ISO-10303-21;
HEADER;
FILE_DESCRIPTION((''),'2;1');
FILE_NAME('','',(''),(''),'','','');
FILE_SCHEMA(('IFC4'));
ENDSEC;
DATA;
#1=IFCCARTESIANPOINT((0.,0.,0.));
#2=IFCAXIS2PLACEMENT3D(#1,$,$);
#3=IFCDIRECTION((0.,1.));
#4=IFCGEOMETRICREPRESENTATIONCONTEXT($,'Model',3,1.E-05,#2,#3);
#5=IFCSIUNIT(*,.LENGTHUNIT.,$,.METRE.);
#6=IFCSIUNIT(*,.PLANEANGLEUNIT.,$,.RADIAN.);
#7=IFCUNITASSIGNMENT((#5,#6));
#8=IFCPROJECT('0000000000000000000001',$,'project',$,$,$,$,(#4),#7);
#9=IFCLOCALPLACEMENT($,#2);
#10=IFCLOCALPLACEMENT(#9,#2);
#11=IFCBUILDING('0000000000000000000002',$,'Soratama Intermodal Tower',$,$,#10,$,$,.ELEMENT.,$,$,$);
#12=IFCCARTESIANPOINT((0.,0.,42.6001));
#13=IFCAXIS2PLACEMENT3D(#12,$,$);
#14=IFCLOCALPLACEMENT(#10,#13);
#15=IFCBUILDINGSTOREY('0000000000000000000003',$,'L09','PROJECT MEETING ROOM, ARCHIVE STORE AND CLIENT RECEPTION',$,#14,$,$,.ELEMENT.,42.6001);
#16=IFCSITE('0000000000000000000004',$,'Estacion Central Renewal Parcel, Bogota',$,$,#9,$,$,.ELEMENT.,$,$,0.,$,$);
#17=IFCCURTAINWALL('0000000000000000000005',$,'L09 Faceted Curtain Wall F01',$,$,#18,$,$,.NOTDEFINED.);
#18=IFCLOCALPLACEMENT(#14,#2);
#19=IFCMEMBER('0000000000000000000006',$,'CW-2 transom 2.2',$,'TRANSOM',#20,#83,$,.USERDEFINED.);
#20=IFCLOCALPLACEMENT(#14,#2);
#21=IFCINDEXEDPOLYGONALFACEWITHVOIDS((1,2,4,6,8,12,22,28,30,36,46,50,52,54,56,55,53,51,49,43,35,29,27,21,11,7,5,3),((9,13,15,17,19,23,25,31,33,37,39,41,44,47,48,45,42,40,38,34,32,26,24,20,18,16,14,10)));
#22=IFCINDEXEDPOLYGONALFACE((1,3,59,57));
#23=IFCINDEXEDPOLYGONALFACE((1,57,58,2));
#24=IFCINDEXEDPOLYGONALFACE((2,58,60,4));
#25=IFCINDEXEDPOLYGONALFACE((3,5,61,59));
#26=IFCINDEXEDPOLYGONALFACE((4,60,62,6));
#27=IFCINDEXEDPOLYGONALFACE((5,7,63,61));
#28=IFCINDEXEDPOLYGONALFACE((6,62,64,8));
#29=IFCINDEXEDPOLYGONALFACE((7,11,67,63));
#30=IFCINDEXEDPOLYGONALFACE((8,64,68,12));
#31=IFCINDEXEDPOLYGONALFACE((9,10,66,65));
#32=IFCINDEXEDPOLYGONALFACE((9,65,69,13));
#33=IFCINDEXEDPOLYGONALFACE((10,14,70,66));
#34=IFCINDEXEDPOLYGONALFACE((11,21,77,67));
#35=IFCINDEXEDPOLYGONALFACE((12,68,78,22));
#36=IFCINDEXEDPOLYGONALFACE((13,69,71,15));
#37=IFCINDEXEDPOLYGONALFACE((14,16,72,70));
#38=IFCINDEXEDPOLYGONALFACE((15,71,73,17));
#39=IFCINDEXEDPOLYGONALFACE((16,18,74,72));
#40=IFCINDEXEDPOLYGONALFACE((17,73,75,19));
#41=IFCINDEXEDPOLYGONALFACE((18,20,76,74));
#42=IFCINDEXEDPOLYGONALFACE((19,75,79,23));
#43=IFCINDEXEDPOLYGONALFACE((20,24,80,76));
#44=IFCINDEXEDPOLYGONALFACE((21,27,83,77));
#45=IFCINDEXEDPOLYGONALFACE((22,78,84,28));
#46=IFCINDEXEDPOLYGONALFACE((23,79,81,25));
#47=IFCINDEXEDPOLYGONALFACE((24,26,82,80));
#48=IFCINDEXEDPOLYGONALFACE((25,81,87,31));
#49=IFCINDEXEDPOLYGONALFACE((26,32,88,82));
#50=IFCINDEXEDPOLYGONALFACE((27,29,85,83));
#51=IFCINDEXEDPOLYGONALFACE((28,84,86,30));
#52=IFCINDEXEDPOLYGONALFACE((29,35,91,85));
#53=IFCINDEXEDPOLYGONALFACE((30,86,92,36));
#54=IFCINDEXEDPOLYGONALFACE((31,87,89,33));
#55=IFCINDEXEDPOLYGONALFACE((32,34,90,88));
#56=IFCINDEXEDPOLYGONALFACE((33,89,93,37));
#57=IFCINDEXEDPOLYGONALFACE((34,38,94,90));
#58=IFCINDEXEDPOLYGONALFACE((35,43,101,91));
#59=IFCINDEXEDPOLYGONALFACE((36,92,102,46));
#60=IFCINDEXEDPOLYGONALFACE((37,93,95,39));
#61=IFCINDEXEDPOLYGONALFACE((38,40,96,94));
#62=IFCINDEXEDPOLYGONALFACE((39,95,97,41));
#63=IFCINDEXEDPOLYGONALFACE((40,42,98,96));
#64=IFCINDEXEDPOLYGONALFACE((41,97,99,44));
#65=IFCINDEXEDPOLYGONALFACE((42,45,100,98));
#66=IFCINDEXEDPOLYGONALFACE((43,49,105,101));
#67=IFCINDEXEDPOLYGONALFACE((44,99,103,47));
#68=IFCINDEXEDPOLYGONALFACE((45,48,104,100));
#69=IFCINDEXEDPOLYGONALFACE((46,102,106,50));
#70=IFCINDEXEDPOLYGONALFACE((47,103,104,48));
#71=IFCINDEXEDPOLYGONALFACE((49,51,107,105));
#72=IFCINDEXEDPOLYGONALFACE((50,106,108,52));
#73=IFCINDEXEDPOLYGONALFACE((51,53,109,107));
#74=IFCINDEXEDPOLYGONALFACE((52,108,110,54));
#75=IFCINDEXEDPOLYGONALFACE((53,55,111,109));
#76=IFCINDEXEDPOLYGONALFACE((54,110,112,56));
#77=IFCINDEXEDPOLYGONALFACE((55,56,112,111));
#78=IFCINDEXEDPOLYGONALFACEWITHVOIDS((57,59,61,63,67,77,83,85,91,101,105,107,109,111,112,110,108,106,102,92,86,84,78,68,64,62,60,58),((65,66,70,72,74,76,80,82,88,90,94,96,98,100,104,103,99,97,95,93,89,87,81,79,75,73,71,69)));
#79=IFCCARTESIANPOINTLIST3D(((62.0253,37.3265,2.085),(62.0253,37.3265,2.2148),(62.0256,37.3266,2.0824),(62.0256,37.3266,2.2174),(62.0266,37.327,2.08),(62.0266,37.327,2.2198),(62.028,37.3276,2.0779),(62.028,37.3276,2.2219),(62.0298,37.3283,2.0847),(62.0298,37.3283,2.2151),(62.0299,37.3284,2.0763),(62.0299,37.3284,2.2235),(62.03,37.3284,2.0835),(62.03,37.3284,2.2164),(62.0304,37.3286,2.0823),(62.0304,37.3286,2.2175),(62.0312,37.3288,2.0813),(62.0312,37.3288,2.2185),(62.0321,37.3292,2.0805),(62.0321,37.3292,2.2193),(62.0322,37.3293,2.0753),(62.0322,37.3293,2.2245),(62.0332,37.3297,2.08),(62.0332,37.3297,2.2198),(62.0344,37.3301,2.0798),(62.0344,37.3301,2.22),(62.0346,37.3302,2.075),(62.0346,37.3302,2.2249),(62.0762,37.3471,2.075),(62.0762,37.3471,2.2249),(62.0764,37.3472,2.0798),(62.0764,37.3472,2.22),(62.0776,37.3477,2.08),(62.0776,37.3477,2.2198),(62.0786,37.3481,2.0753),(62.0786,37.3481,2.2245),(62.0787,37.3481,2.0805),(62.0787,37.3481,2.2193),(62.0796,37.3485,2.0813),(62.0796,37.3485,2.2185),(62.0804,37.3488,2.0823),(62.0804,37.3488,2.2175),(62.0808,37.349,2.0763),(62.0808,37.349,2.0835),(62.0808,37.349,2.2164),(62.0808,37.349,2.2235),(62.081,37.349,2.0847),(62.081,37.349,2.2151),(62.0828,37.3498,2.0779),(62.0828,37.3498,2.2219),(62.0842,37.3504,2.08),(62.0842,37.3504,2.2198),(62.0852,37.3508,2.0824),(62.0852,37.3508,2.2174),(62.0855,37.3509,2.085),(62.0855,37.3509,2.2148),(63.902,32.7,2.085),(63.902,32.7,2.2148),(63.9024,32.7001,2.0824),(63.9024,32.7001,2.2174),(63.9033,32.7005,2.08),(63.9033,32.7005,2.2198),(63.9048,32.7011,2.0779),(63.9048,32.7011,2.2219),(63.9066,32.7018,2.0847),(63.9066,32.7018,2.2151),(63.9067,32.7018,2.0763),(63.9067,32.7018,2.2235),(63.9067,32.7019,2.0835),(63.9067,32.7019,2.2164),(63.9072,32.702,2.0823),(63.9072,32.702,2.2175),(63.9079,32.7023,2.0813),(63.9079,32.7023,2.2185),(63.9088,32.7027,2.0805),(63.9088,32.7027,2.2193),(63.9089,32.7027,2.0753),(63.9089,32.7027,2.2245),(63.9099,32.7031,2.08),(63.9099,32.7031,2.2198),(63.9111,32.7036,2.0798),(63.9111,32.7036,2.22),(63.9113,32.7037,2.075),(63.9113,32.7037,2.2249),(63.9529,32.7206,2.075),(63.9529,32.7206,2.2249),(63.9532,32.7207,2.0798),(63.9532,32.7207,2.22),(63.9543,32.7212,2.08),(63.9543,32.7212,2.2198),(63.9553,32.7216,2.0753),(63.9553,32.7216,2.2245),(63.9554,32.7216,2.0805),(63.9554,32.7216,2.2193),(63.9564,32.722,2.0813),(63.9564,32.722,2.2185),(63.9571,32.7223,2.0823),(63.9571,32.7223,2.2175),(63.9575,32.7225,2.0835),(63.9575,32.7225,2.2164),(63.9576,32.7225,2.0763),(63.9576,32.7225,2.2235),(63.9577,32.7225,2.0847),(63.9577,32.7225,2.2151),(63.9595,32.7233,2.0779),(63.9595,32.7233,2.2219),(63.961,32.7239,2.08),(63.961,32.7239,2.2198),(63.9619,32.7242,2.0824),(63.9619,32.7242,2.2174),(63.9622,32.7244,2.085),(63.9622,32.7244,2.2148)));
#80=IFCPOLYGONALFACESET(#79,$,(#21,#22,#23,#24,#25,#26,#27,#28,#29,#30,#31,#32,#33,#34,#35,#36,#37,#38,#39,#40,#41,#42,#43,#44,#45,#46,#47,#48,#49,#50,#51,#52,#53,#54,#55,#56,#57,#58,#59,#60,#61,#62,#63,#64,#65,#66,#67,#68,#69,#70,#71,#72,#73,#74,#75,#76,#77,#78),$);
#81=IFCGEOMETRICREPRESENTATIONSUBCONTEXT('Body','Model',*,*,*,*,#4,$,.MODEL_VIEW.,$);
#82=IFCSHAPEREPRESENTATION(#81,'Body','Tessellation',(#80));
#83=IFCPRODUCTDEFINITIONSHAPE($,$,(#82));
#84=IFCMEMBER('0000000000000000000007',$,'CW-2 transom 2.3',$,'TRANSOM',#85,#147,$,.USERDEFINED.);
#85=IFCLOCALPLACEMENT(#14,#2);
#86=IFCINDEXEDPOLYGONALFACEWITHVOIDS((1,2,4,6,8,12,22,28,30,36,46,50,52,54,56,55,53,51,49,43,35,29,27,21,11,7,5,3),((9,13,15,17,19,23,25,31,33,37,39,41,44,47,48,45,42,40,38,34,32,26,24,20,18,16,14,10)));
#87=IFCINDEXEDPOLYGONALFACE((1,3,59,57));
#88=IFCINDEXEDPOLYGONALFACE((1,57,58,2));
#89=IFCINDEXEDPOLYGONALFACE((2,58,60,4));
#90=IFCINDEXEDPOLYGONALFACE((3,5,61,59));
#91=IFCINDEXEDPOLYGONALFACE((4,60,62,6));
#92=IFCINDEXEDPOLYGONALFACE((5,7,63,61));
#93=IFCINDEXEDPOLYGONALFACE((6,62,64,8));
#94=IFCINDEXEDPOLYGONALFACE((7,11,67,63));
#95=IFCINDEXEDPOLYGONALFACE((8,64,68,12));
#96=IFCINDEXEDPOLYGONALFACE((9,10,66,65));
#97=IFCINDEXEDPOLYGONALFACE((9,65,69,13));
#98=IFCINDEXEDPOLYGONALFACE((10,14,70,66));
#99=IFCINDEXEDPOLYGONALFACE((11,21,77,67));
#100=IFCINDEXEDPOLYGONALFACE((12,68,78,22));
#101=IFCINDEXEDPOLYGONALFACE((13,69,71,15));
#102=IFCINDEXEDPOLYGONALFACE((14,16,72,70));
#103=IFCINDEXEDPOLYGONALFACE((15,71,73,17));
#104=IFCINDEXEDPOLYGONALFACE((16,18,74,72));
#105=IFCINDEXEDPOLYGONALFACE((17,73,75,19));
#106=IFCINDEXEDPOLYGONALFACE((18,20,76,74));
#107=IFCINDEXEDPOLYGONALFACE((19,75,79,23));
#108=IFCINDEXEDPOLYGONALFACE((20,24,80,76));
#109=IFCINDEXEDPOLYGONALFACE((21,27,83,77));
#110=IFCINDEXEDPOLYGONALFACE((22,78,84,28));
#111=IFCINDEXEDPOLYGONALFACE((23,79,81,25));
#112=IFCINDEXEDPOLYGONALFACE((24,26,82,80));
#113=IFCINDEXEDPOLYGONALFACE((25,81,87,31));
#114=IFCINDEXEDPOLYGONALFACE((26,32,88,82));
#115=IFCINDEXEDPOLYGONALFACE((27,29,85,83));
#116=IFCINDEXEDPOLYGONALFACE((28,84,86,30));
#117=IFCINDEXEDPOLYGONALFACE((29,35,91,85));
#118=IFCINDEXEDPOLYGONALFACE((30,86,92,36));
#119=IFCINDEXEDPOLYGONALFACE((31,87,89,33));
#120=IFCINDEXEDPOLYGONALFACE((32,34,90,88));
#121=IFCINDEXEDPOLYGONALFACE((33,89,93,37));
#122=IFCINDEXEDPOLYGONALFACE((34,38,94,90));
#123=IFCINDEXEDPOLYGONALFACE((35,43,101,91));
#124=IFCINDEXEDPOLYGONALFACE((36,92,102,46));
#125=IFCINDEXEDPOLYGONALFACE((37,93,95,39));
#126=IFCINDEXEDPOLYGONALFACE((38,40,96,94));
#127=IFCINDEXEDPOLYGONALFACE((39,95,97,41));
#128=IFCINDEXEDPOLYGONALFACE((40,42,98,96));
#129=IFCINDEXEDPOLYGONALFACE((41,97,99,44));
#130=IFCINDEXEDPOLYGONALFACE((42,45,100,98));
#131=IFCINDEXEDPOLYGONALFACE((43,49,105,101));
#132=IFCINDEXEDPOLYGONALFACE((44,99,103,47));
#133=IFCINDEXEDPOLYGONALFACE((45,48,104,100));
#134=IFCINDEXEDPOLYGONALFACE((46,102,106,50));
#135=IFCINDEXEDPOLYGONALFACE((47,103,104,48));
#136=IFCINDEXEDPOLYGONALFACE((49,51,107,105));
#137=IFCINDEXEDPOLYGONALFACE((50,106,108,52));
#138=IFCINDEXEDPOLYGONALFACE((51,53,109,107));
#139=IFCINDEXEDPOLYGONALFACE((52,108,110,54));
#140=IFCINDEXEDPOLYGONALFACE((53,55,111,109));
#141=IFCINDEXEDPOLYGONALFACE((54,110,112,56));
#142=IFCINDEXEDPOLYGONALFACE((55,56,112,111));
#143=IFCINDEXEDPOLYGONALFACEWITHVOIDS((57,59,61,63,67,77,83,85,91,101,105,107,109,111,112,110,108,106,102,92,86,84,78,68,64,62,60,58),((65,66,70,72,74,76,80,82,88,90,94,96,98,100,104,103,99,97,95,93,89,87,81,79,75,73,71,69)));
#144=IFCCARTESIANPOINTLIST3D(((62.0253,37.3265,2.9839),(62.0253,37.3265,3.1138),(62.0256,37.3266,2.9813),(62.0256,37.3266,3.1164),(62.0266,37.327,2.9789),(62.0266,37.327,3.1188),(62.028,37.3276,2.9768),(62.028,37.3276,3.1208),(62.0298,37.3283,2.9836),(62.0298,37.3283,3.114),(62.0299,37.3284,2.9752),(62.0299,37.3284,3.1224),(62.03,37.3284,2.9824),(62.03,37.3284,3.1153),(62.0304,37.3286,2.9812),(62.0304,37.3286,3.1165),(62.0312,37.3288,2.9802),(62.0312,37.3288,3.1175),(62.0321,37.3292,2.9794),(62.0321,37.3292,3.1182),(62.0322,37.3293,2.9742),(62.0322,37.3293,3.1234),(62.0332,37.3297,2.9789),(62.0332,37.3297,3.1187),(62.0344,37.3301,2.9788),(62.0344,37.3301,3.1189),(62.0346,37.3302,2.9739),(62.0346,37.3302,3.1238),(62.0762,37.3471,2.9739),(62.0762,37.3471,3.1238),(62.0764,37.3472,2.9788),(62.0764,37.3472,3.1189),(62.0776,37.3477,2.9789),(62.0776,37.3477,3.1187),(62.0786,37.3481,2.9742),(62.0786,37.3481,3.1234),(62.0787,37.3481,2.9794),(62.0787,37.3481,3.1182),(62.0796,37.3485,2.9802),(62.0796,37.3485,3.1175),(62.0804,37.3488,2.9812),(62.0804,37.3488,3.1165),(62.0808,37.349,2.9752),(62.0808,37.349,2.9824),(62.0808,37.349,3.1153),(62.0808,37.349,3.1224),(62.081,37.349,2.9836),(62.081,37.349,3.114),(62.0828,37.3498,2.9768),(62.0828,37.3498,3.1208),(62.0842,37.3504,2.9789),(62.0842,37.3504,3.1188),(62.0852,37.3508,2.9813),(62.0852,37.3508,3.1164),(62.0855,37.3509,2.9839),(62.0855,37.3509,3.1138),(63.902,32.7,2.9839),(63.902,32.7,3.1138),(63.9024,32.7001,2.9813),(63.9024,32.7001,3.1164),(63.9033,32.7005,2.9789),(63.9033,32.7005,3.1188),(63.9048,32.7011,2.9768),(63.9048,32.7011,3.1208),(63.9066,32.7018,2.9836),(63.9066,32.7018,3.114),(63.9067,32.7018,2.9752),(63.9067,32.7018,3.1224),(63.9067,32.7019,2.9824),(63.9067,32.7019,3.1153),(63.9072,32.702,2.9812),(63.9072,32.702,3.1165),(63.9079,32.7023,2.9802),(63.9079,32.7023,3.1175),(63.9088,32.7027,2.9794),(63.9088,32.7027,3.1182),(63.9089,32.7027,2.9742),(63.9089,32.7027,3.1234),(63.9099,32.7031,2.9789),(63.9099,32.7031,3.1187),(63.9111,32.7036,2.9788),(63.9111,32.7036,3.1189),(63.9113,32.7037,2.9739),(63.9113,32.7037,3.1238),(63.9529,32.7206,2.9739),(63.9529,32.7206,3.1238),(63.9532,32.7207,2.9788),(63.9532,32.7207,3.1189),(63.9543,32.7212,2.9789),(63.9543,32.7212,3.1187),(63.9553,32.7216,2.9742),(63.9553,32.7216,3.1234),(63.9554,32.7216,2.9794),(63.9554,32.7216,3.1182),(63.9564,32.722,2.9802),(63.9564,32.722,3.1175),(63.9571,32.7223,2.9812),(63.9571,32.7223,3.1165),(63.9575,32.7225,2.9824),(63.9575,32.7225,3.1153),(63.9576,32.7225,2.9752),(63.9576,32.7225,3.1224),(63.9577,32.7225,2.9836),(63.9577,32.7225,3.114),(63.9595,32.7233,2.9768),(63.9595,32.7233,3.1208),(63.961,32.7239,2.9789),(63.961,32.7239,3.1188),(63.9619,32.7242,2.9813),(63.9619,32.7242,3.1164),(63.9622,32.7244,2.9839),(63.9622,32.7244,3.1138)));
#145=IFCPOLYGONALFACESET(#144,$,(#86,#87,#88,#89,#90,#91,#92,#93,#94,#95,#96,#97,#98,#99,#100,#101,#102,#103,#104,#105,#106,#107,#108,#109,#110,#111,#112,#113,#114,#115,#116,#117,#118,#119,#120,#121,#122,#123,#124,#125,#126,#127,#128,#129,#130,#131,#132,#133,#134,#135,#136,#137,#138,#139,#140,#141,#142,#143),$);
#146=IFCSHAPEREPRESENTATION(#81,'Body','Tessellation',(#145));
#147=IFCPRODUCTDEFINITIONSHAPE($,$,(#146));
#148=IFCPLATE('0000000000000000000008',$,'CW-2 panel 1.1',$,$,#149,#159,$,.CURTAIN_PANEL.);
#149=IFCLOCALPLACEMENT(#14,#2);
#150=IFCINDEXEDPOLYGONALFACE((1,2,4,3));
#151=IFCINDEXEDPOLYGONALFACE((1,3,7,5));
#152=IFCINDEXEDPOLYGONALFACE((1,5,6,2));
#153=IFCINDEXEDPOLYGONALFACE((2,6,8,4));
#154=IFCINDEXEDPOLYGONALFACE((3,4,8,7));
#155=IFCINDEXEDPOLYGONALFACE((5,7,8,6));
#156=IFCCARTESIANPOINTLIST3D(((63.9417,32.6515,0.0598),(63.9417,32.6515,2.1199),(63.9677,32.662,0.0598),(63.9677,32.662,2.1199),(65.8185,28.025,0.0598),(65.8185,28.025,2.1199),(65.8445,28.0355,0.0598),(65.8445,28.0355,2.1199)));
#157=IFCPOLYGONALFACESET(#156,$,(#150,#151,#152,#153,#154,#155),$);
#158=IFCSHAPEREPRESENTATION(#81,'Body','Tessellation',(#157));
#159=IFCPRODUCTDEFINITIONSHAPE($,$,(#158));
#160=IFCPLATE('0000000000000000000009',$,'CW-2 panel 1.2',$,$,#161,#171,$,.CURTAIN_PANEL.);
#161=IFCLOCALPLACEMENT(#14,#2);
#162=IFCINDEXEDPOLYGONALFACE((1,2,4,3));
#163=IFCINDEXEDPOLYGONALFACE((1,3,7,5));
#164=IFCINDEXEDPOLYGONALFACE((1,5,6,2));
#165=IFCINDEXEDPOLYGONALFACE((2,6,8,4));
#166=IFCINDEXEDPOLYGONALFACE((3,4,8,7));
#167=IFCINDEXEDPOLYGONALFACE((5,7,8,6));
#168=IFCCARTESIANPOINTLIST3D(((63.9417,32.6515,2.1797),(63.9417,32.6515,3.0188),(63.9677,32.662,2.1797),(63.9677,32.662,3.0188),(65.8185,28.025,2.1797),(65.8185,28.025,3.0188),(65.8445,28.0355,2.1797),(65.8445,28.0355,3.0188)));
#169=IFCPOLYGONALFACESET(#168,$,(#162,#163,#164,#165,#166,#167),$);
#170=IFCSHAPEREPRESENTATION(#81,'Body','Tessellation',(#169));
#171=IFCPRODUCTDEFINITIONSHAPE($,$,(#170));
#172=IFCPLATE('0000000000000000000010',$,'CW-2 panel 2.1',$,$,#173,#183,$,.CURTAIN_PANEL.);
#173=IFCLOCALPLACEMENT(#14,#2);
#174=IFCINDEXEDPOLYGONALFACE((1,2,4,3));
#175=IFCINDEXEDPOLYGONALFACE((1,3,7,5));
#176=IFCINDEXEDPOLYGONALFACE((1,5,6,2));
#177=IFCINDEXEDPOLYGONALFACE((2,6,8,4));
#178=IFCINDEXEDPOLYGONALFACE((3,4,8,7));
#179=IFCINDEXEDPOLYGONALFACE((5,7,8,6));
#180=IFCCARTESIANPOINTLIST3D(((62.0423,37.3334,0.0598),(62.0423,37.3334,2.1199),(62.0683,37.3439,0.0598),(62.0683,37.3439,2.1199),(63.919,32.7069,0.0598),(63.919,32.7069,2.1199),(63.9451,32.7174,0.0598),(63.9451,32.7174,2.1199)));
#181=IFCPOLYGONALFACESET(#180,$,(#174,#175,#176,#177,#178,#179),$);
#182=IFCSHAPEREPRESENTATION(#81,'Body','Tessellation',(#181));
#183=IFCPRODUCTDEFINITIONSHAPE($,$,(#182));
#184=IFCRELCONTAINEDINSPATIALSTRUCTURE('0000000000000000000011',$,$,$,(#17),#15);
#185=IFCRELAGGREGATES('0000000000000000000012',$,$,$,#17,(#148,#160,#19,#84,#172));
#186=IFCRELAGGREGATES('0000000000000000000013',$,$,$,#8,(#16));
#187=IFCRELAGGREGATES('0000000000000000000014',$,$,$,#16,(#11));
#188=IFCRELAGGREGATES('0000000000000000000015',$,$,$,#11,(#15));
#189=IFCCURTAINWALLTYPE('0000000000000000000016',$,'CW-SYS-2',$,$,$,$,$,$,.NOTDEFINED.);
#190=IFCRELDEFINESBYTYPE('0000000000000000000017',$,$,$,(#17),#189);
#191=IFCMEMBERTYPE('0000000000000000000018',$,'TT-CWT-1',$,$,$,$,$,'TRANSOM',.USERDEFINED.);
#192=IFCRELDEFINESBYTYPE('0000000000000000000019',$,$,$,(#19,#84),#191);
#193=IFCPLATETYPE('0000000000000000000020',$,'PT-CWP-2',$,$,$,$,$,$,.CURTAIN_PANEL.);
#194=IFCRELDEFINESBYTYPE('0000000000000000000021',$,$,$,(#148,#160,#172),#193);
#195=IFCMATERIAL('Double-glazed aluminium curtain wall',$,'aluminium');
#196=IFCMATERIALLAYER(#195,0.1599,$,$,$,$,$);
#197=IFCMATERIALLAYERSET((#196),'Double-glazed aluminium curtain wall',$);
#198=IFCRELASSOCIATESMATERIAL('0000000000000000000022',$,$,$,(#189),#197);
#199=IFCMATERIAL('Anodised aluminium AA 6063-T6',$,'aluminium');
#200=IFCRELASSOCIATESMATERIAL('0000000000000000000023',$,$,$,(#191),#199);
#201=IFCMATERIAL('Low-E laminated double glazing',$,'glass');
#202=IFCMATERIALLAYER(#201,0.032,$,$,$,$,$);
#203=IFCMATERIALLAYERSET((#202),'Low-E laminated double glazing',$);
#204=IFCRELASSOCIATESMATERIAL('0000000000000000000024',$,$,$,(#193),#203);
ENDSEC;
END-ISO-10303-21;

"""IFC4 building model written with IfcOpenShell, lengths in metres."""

from ifc_helpers import new_model, si_unit, direction, frame, origin, origin_2d, place, context, subcontext, project, spatial, rectangle, hollow_rectangle, extrude, material, layer, layer_set, material_profile, profile_set, type_object, element, aggregate, save


model = new_model("IFC4")

# Units and contexts
model_context = context("Model", 3, precision=1e-05, world=origin(), true_north=direction((0.0, 1.0)))
body_context = subcontext(model_context, "Body", "Model", "MODEL_VIEW")
ifc_project = project(units=[si_unit("LENGTHUNIT", "METRE"), si_unit("PLANEANGLEUNIT", "RADIAN")], contexts=[model_context])

# Site, building, storey
site_placement = place(None, origin())
site = spatial("IfcSite", under=ifc_project, at=site_placement, Name="Estacion Central Renewal Parcel, Bogota", CompositionType="ELEMENT", RefElevation=0.0)
building_placement = place(site_placement, origin())
building = spatial("IfcBuilding", under=site, at=building_placement, Name="Soratama Intermodal Tower", CompositionType="ELEMENT")
storey_placement = place(building_placement, frame((0.0, 0.0, 42.6001)))
storey = spatial("IfcBuildingStorey", under=building, at=storey_placement, Name="L09", Description="PROJECT MEETING ROOM, ARCHIVE STORE AND CLIENT RECEPTION", CompositionType="ELEMENT", Elevation=42.6001)

# Curtain wall, members, plates
ifc_material_1 = material(Name="Double-glazed aluminium curtain wall", Category="aluminium")
ifc_layer_1 = layer(ifc_material_1, 0.1599)
ifc_layer_set_1 = layer_set([ifc_layer_1], Name="Double-glazed aluminium curtain wall")
curtain_wall_type = type_object("IfcCurtainWallType", Name="CW-SYS-2", PredefinedType="NOTDEFINED", material=ifc_layer_set_1)
curtain_wall_placement = place(storey_placement, origin())
curtain_wall = element("IfcCurtainWall", 1, at=curtain_wall_placement, inside=storey, type_object=curtain_wall_type, Name="L09 Faceted Curtain Wall F01", PredefinedType="NOTDEFINED")
ifc_material_2 = material(Name="Anodised aluminium AA 6063-T6", Category="aluminium")
ifc_material_profile_1 = material_profile(ifc_material_2, hollow_rectangle(XDim=0.0649, YDim=0.1499, WallThickness=0.0049, InnerFilletRadius=0.0049, OuterFilletRadius=0.01, at=origin_2d()), Name="CWT150X65X5")
ifc_profile_set_1 = profile_set([ifc_material_profile_1], Name="Anodised aluminium AA 6063-T6")
member_type_1 = type_object("IfcMemberType", Name="TT-CWT-1", ElementType="TRANSOM", PredefinedType="USERDEFINED", material=ifc_profile_set_1)
member_1_placement = place(storey_placement, frame((63.9321, 32.7122, 2.1499), z_axis=(-0.375897, 0.926661, 0.0), x_axis=(-0.926661, -0.375897, 0.0)))
member_1 = element("IfcMember", 2, at=member_1_placement, type_object=member_type_1, Name="CW-2 transom 2.2", ObjectType="TRANSOM", PredefinedType="USERDEFINED", context=body_context, shape_type="SweptSolid", body=[
    extrude(hollow_rectangle(XDim=0.0649, YDim=0.1499, WallThickness=0.0049, InnerFilletRadius=0.0049, OuterFilletRadius=0.01, at=origin_2d()), origin(), (0.0, 0.0, 1.0), 4.9927),
])
member_2_placement = place(storey_placement, frame((63.9321, 32.7122, 3.0488), z_axis=(-0.375897, 0.926661, 0.0), x_axis=(-0.926661, -0.375897, 0.0)))
member_2 = element("IfcMember", 3, at=member_2_placement, type_object=member_type_1, Name="CW-2 transom 2.3", ObjectType="TRANSOM", PredefinedType="USERDEFINED", context=body_context, shape_type="SweptSolid", body=[
    extrude(hollow_rectangle(XDim=0.0649, YDim=0.1499, WallThickness=0.0049, InnerFilletRadius=0.0049, OuterFilletRadius=0.01, at=origin_2d()), origin(), (0.0, 0.0, 1.0), 4.9927),
])
ifc_material_3 = material(Name="Low-E laminated double glazing", Category="glass")
ifc_layer_2 = layer(ifc_material_3, 0.032)
ifc_layer_set_2 = layer_set([ifc_layer_2], Name="Low-E laminated double glazing")
plate_type = type_object("IfcPlateType", Name="PT-CWP-2", PredefinedType="CURTAIN_PANEL", material=ifc_layer_set_2)
plate_1_placement = place(storey_placement, frame((64.8931, 30.3435, 0.0598), z_axis=(0.0, 0.0, 1.0), x_axis=(-0.375908, 0.926657, 0.0)))
plate_1 = element("IfcPlate", 4, at=plate_1_placement, type_object=plate_type, Name="CW-2 panel 1.1", PredefinedType="CURTAIN_PANEL", context=body_context, shape_type="SweptSolid", body=[
    extrude(rectangle(XDim=4.9927, YDim=0.0281, at=origin_2d()), origin(), (0.0, 0.0, 1.0), 2.0601),
])
plate_2_placement = place(storey_placement, frame((64.8931, 30.3435, 2.1797), z_axis=(0.0, 0.0, 1.0), x_axis=(-0.375908, 0.926657, 0.0)))
plate_2 = element("IfcPlate", 5, at=plate_2_placement, type_object=plate_type, Name="CW-2 panel 1.2", PredefinedType="CURTAIN_PANEL", context=body_context, shape_type="SweptSolid", body=[
    extrude(rectangle(XDim=4.9927, YDim=0.0281, at=origin_2d()), origin(), (0.0, 0.0, 1.0), 0.8391),
])
plate_3_placement = place(storey_placement, frame((62.9937, 35.0254, 0.0598), z_axis=(0.0, 0.0, 1.0), x_axis=(-0.375908, 0.926657, 0.0)))
plate_3 = element("IfcPlate", 6, at=plate_3_placement, type_object=plate_type, Name="CW-2 panel 2.1", PredefinedType="CURTAIN_PANEL", context=body_context, shape_type="SweptSolid", body=[
    extrude(rectangle(XDim=4.9927, YDim=0.0281, at=origin_2d()), origin(), (0.0, 0.0, 1.0), 2.0601),
])
aggregate(curtain_wall, [plate_1, plate_2, member_1, member_2, plate_3])

save(model, "model.ifc")
